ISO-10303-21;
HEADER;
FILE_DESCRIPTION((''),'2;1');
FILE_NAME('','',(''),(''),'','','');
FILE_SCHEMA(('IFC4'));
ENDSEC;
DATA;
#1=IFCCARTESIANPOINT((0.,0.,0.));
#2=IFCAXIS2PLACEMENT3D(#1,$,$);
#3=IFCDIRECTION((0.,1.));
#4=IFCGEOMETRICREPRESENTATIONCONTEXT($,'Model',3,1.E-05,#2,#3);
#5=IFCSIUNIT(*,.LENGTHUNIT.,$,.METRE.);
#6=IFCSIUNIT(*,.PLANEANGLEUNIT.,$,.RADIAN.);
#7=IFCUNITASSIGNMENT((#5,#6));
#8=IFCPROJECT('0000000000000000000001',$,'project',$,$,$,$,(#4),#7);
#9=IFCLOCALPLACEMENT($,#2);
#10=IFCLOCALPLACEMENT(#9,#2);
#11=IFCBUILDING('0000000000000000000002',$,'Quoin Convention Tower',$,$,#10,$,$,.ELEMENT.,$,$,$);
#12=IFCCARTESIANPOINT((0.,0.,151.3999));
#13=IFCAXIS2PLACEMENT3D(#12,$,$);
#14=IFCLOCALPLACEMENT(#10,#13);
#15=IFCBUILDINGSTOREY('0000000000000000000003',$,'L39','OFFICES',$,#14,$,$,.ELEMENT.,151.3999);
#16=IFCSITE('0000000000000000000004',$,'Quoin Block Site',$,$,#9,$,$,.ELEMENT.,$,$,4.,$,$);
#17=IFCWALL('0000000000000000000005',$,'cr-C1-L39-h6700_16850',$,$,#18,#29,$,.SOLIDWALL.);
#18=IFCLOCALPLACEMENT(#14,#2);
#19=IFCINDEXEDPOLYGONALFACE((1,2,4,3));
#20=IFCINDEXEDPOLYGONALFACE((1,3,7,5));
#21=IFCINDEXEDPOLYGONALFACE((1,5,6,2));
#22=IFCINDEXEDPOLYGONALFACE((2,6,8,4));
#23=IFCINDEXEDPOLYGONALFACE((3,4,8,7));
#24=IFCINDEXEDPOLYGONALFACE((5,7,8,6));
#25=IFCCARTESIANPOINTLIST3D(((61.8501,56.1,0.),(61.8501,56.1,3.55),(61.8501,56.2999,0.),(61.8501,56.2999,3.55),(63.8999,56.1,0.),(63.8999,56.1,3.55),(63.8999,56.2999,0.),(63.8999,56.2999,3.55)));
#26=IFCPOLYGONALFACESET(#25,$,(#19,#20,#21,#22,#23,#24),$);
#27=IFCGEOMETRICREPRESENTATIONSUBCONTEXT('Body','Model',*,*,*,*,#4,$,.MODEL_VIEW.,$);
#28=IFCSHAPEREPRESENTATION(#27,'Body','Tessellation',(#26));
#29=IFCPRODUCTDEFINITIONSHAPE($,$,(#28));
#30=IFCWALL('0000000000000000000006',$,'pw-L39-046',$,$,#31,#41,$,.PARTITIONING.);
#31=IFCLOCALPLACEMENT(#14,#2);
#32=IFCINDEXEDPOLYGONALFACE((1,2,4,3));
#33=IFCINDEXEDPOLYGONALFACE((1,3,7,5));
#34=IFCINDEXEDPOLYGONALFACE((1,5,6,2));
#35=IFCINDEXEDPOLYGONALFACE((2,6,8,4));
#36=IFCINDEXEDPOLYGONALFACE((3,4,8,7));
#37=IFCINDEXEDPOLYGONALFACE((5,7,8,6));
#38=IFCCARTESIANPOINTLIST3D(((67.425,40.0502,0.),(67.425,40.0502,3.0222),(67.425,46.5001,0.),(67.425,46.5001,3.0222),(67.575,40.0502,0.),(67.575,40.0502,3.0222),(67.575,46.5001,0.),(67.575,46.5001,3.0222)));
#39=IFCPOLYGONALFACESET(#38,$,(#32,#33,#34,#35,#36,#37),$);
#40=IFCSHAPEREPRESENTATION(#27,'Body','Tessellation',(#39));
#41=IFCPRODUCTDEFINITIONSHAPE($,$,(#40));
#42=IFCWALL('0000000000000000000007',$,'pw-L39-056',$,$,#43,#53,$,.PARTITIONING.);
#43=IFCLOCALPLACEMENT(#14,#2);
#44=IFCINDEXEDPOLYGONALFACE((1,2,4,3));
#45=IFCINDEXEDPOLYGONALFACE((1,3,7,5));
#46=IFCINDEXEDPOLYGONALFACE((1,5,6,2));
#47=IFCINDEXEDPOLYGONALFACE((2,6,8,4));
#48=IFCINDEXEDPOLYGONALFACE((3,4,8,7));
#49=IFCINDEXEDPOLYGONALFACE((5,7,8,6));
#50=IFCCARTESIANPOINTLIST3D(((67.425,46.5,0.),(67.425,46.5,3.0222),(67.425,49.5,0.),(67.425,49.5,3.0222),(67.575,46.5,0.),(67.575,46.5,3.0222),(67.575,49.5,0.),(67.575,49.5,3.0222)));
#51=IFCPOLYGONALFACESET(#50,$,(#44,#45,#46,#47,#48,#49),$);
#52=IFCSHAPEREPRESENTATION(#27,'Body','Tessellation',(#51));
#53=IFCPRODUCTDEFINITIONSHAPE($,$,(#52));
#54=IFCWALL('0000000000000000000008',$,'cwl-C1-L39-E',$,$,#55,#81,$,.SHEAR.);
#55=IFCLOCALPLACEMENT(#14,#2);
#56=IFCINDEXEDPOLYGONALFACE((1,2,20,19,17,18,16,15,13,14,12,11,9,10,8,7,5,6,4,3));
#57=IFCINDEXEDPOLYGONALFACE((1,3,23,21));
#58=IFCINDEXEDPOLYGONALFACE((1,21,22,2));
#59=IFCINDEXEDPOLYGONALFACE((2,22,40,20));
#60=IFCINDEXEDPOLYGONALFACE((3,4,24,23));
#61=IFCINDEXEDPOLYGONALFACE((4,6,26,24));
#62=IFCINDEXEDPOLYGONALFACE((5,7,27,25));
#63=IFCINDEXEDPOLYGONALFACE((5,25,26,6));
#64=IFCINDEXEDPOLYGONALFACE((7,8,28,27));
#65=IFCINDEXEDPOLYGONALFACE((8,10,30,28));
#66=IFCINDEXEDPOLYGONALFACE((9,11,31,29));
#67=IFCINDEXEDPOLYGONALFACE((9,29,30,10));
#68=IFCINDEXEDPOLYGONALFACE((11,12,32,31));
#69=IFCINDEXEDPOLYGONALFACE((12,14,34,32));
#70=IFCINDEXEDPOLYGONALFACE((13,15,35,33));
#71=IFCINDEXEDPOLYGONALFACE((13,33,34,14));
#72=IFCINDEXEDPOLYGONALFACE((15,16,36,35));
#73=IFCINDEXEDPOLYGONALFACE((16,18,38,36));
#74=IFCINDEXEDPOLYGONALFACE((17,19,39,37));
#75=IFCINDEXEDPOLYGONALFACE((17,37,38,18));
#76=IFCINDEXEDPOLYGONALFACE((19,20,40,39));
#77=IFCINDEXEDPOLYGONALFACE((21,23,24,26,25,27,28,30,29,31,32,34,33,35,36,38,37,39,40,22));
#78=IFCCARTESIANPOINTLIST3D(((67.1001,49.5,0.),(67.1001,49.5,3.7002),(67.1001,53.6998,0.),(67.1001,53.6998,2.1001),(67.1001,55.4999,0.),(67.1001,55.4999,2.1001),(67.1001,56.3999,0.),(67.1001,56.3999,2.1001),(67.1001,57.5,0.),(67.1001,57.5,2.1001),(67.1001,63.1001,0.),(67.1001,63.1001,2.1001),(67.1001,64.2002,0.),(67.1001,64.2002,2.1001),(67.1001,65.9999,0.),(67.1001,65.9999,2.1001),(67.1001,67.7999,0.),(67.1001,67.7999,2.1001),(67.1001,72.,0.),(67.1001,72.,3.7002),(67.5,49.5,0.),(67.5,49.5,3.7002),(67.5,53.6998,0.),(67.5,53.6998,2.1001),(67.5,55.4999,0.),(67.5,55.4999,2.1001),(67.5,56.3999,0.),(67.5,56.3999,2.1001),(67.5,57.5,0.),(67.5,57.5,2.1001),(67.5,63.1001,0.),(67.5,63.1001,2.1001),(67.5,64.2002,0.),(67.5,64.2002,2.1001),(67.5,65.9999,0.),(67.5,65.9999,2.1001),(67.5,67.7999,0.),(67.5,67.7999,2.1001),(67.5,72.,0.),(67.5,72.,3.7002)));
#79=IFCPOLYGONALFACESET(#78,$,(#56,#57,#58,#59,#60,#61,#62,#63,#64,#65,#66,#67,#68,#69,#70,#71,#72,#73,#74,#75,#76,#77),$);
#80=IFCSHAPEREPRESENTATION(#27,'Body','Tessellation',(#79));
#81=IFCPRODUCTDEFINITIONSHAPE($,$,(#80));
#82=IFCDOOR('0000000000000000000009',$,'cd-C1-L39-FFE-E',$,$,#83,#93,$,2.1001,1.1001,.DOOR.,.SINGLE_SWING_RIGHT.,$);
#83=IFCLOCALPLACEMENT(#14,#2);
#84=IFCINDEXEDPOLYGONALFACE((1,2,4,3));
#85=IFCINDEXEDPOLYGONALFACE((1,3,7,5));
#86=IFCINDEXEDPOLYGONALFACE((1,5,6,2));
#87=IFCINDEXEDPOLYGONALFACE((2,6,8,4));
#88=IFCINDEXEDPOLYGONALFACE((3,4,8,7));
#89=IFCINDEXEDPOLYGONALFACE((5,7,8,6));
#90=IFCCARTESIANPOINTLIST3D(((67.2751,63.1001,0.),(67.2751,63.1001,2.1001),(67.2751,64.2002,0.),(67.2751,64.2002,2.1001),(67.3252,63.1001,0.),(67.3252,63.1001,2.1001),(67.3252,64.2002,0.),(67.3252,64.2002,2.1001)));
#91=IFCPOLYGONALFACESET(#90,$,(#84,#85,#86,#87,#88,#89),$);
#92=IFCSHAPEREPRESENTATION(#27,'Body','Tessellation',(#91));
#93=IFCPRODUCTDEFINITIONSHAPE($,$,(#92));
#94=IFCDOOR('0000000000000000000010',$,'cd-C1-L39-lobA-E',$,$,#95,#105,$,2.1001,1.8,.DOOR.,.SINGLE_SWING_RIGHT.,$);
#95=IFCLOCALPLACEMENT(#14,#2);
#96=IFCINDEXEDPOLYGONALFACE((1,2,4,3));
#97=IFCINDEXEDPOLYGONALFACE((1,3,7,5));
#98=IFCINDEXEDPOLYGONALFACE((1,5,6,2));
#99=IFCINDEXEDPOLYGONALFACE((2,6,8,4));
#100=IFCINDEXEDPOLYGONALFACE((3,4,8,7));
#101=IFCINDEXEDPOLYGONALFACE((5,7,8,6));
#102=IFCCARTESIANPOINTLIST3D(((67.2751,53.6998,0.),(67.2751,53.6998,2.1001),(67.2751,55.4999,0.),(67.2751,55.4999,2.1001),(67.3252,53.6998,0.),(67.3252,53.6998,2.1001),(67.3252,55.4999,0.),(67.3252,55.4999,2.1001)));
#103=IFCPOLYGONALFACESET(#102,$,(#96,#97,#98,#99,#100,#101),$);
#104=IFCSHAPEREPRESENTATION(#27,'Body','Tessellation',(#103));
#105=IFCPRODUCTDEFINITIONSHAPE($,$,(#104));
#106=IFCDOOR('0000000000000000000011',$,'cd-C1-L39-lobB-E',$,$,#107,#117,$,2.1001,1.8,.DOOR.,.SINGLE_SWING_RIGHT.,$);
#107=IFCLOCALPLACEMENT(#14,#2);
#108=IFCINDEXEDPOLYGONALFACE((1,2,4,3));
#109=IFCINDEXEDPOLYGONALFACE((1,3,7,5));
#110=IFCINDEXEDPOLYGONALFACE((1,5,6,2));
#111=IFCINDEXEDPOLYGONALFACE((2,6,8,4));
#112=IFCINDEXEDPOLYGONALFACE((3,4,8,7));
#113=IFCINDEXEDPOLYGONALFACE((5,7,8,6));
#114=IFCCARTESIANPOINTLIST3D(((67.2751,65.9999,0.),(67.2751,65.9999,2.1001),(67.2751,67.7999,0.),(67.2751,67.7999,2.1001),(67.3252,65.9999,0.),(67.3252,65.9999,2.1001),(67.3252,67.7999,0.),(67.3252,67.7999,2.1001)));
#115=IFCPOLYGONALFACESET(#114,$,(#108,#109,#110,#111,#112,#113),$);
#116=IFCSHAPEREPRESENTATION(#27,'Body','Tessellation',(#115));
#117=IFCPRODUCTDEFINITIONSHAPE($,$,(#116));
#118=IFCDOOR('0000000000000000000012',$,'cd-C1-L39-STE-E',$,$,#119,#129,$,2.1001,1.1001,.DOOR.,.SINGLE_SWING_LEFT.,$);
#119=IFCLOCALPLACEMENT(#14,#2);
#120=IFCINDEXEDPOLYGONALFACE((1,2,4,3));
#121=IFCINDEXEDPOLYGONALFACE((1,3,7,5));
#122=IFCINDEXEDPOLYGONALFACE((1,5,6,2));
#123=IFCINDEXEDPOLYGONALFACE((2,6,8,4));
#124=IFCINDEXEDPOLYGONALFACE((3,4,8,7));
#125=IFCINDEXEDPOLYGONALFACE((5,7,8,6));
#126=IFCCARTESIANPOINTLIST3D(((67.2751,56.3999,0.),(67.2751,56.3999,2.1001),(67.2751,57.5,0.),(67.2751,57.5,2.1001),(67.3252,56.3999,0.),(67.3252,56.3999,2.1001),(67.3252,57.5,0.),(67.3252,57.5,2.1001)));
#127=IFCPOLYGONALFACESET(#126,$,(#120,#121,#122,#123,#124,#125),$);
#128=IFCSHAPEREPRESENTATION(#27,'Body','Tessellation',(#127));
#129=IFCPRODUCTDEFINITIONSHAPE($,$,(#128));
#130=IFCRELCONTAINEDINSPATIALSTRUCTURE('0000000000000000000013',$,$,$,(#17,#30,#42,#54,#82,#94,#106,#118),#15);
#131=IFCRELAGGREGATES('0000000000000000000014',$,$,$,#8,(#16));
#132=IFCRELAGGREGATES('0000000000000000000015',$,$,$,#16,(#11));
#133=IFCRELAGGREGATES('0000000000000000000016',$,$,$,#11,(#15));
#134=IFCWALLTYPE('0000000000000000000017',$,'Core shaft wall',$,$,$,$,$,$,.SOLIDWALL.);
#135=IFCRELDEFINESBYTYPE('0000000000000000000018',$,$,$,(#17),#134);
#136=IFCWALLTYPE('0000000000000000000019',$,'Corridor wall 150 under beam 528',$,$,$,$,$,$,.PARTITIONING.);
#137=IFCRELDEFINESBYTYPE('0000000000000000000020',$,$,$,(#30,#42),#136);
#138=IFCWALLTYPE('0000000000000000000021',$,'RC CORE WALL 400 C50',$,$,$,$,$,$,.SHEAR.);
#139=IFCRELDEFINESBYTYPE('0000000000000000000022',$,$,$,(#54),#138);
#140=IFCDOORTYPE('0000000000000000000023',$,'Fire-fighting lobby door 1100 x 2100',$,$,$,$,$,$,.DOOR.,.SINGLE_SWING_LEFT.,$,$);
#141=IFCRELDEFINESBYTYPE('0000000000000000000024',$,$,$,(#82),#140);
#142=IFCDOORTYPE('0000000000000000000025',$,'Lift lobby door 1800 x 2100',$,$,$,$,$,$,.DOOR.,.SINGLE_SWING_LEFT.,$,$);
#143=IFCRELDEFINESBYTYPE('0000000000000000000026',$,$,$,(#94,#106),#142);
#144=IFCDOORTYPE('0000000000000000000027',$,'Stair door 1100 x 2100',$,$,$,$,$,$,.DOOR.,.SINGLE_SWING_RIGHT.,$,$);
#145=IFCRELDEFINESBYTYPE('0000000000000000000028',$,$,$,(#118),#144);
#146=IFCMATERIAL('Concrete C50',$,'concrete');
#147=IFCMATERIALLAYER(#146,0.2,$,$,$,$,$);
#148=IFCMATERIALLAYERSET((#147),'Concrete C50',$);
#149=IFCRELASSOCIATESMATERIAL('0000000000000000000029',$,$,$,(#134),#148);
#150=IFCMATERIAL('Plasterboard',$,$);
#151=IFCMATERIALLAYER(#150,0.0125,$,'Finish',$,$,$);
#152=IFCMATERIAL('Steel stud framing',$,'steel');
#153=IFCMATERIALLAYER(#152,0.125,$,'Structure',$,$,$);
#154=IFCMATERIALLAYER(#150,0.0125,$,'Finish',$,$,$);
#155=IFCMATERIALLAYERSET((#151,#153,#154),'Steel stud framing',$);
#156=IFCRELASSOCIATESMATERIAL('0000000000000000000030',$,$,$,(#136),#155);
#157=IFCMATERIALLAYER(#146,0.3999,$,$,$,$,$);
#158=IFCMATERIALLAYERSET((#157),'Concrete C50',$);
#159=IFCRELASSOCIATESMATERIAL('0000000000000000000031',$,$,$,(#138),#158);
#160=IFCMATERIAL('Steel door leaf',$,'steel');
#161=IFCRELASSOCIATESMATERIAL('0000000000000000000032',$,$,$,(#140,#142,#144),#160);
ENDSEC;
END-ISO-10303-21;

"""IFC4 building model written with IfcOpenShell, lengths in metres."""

from ifc_helpers import new_model, si_unit, direction, frame, frame_2d, origin, place, context, subcontext, project, spatial, rectangle, extrude, material, layer, layer_set, type_object, element, fill, save


model = new_model("IFC4")

# Units and contexts
model_context = context("Model", 3, precision=1e-05, world=origin(), true_north=direction((0.0, 1.0)))
body_context = subcontext(model_context, "Body", "Model", "MODEL_VIEW")
ifc_project = project(units=[si_unit("LENGTHUNIT", "METRE"), si_unit("PLANEANGLEUNIT", "RADIAN")], contexts=[model_context])

# Site, building, storey
site_placement = place(None, origin())
site = spatial("IfcSite", under=ifc_project, at=site_placement, Name="Quoin Block Site", CompositionType="ELEMENT", RefElevation=4.0)
building_placement = place(site_placement, origin())
building = spatial("IfcBuilding", under=site, at=building_placement, Name="Quoin Convention Tower", CompositionType="ELEMENT")
storey_placement = place(building_placement, frame((0.0, 0.0, 151.3999)))
storey = spatial("IfcBuildingStorey", under=building, at=storey_placement, Name="L39", Description="OFFICES", CompositionType="ELEMENT", Elevation=151.3999)

# Shared definitions
ifc_material_1 = material(Name="Concrete C50", Category="concrete")

# Shared definitions
ifc_material_2 = material(Name="Plasterboard")
ifc_material_3 = material(Name="Steel stud framing", Category="steel")
ifc_material_4 = material(Name="Steel door leaf", Category="steel")

# Walls
ifc_layer_1 = layer(ifc_material_1, 0.2)
ifc_layer_set_1 = layer_set([ifc_layer_1], Name="Concrete C50")
wall_type_1 = type_object("IfcWallType", Name="Core shaft wall", PredefinedType="SOLIDWALL", material=ifc_layer_set_1)
wall_1_placement = place(storey_placement, frame((61.8501, 56.2, 0.0), z_axis=(0.0, 0.0, 1.0), x_axis=(1.0, 0.0, 0.0)))
element("IfcWall", 1, at=wall_1_placement, inside=storey, type_object=wall_type_1, Name="cr-C1-L39-h6700_16850", PredefinedType="SOLIDWALL", context=body_context, shape_type="SweptSolid", body=[
    extrude(rectangle(XDim=2.0498, YDim=0.2, at=frame_2d((1.0249, 0.0))), origin(), (0.0, 0.0, 1.0), 3.55),
])
ifc_layer_2 = layer(ifc_material_2, 0.0125, Name="Finish")
ifc_layer_3 = layer(ifc_material_3, 0.125, Name="Structure")
ifc_layer_4 = layer(ifc_material_2, 0.0125, Name="Finish")
ifc_layer_set_2 = layer_set([ifc_layer_2, ifc_layer_3, ifc_layer_4], Name="Steel stud framing")
wall_type_2 = type_object("IfcWallType", Name="Corridor wall 150 under beam 528", PredefinedType="PARTITIONING", material=ifc_layer_set_2)
wall_2_placement = place(storey_placement, frame((67.5, 40.05, 0.0), z_axis=(0.0, 0.0, 1.0), x_axis=(0.0, 1.0, 0.0)))
element("IfcWall", 2, at=wall_2_placement, inside=storey, type_object=wall_type_2, Name="pw-L39-046", PredefinedType="PARTITIONING", context=body_context, shape_type="SweptSolid", body=[
    extrude(rectangle(XDim=6.45, YDim=0.1499, at=frame_2d((3.2251, 0.0))), origin(), (0.0, 0.0, 1.0), 3.0222),
])
wall_3_placement = place(storey_placement, frame((67.5, 46.5, 0.0), z_axis=(0.0, 0.0, 1.0), x_axis=(0.0, 1.0, 0.0)))
element("IfcWall", 3, at=wall_3_placement, inside=storey, type_object=wall_type_2, Name="pw-L39-056", PredefinedType="PARTITIONING", context=body_context, shape_type="SweptSolid", body=[
    extrude(rectangle(XDim=3.0, YDim=0.1499, at=frame_2d((1.5, 0.0))), origin(), (0.0, 0.0, 1.0), 3.0222),
])

# Wall, openings, doors
ifc_layer_5 = layer(ifc_material_1, 0.3999)
ifc_layer_set_3 = layer_set([ifc_layer_5], Name="Concrete C50")
wall_type_3 = type_object("IfcWallType", Name="RC CORE WALL 400 C50", PredefinedType="SHEAR", material=ifc_layer_set_3)
wall_4_placement = place(storey_placement, frame((67.3, 49.5, 0.0), z_axis=(0.0, 0.0, 1.0), x_axis=(0.0, 1.0, 0.0)))
wall_4 = element("IfcWall", 4, at=wall_4_placement, inside=storey, type_object=wall_type_3, Name="cwl-C1-L39-E", PredefinedType="SHEAR", context=body_context, shape_type="SweptSolid", body=[
    extrude(rectangle(XDim=22.5, YDim=0.3999, at=frame_2d((11.25, 0.0))), origin(), (0.0, 0.0, 1.0), 3.7002),
])
opening_1_placement = place(wall_4_placement, frame((4.2, 0.0, 0.0)))
opening_1 = element("IfcOpeningElement", 5, at=opening_1_placement, cuts=wall_4, PredefinedType="OPENING", context=body_context, shape_type="SweptSolid", body=[
    extrude(rectangle(XDim=1.8, YDim=2.1001, at=frame_2d((0.8999, 1.05))), frame((0.0, 0.21, 0.0), z_axis=(0.0, -1.0, 0.0), x_axis=(1.0, 0.0, 0.0)), (0.0, 0.0, 1.0), 0.4199),
])
opening_2_placement = place(wall_4_placement, frame((6.8999, 0.0, 0.0)))
opening_2 = element("IfcOpeningElement", 6, at=opening_2_placement, cuts=wall_4, PredefinedType="OPENING", context=body_context, shape_type="SweptSolid", body=[
    extrude(rectangle(XDim=1.1001, YDim=2.1001, at=frame_2d((0.55, 1.05))), frame((0.0, 0.21, 0.0), z_axis=(0.0, -1.0, 0.0), x_axis=(1.0, 0.0, 0.0)), (0.0, 0.0, 1.0), 0.4199),
])
opening_3_placement = place(wall_4_placement, frame((13.6001, 0.0, 0.0)))
opening_3 = element("IfcOpeningElement", 7, at=opening_3_placement, cuts=wall_4, PredefinedType="OPENING", context=body_context, shape_type="SweptSolid", body=[
    extrude(rectangle(XDim=1.1001, YDim=2.1001, at=frame_2d((0.55, 1.05))), frame((0.0, 0.21, 0.0), z_axis=(0.0, -1.0, 0.0), x_axis=(1.0, 0.0, 0.0)), (0.0, 0.0, 1.0), 0.4199),
])
opening_4_placement = place(wall_4_placement, frame((16.5, 0.0, 0.0)))
opening_4 = element("IfcOpeningElement", 8, at=opening_4_placement, cuts=wall_4, PredefinedType="OPENING", context=body_context, shape_type="SweptSolid", body=[
    extrude(rectangle(XDim=1.8, YDim=2.1001, at=frame_2d((0.8999, 1.05))), frame((0.0, 0.21, 0.0), z_axis=(0.0, -1.0, 0.0), x_axis=(1.0, 0.0, 0.0)), (0.0, 0.0, 1.0), 0.4199),
])
door_type_1 = type_object("IfcDoorType", Name="Fire-fighting lobby door 1100 x 2100", OperationType="SINGLE_SWING_LEFT", PredefinedType="DOOR", material=ifc_material_4)
door_1_placement = place(opening_3_placement, origin())
door_1 = element("IfcDoor", 9, at=door_1_placement, inside=storey, type_object=door_type_1, Name="cd-C1-L39-FFE-E", OperationType="SINGLE_SWING_RIGHT", OverallHeight=2.1001, OverallWidth=1.1001, PredefinedType="DOOR", context=body_context, shape_type="SweptSolid", body=[
    extrude(rectangle(XDim=1.1001, YDim=2.1001, at=frame_2d((0.55, 1.05))), frame((0.0, 0.0249, 0.0), z_axis=(0.0, -1.0, 0.0), x_axis=(1.0, 0.0, 0.0)), (0.0, 0.0, 1.0), 0.05),
])
fill(opening_3, door_1)
door_type_2 = type_object("IfcDoorType", Name="Lift lobby door 1800 x 2100", OperationType="SINGLE_SWING_LEFT", PredefinedType="DOOR", material=ifc_material_4)
door_2_placement = place(opening_1_placement, origin())
door_2 = element("IfcDoor", 10, at=door_2_placement, inside=storey, type_object=door_type_2, Name="cd-C1-L39-lobA-E", OperationType="SINGLE_SWING_RIGHT", OverallHeight=2.1001, OverallWidth=1.8, PredefinedType="DOOR", context=body_context, shape_type="SweptSolid", body=[
    extrude(rectangle(XDim=1.8, YDim=2.1001, at=frame_2d((0.8999, 1.05))), frame((0.0, 0.0249, 0.0), z_axis=(0.0, -1.0, 0.0), x_axis=(1.0, 0.0, 0.0)), (0.0, 0.0, 1.0), 0.05),
])
fill(opening_1, door_2)
door_3_placement = place(opening_4_placement, origin())
door_3 = element("IfcDoor", 11, at=door_3_placement, inside=storey, type_object=door_type_2, Name="cd-C1-L39-lobB-E", OperationType="SINGLE_SWING_RIGHT", OverallHeight=2.1001, OverallWidth=1.8, PredefinedType="DOOR", context=body_context, shape_type="SweptSolid", body=[
    extrude(rectangle(XDim=1.8, YDim=2.1001, at=frame_2d((0.8999, 1.05))), frame((0.0, 0.0249, 0.0), z_axis=(0.0, -1.0, 0.0), x_axis=(1.0, 0.0, 0.0)), (0.0, 0.0, 1.0), 0.05),
])
fill(opening_4, door_3)
door_type_3 = type_object("IfcDoorType", Name="Stair door 1100 x 2100", OperationType="SINGLE_SWING_RIGHT", PredefinedType="DOOR", material=ifc_material_4)
door_4_placement = place(opening_2_placement, origin())
door_4 = element("IfcDoor", 12, at=door_4_placement, inside=storey, type_object=door_type_3, Name="cd-C1-L39-STE-E", OperationType="SINGLE_SWING_LEFT", OverallHeight=2.1001, OverallWidth=1.1001, PredefinedType="DOOR", context=body_context, shape_type="SweptSolid", body=[
    extrude(rectangle(XDim=1.1001, YDim=2.1001, at=frame_2d((0.55, 1.05))), frame((0.0, 0.0249, 0.0), z_axis=(0.0, -1.0, 0.0), x_axis=(1.0, 0.0, 0.0)), (0.0, 0.0, 1.0), 0.05),
])
fill(opening_2, door_4)

save(model, "model.ifc")
